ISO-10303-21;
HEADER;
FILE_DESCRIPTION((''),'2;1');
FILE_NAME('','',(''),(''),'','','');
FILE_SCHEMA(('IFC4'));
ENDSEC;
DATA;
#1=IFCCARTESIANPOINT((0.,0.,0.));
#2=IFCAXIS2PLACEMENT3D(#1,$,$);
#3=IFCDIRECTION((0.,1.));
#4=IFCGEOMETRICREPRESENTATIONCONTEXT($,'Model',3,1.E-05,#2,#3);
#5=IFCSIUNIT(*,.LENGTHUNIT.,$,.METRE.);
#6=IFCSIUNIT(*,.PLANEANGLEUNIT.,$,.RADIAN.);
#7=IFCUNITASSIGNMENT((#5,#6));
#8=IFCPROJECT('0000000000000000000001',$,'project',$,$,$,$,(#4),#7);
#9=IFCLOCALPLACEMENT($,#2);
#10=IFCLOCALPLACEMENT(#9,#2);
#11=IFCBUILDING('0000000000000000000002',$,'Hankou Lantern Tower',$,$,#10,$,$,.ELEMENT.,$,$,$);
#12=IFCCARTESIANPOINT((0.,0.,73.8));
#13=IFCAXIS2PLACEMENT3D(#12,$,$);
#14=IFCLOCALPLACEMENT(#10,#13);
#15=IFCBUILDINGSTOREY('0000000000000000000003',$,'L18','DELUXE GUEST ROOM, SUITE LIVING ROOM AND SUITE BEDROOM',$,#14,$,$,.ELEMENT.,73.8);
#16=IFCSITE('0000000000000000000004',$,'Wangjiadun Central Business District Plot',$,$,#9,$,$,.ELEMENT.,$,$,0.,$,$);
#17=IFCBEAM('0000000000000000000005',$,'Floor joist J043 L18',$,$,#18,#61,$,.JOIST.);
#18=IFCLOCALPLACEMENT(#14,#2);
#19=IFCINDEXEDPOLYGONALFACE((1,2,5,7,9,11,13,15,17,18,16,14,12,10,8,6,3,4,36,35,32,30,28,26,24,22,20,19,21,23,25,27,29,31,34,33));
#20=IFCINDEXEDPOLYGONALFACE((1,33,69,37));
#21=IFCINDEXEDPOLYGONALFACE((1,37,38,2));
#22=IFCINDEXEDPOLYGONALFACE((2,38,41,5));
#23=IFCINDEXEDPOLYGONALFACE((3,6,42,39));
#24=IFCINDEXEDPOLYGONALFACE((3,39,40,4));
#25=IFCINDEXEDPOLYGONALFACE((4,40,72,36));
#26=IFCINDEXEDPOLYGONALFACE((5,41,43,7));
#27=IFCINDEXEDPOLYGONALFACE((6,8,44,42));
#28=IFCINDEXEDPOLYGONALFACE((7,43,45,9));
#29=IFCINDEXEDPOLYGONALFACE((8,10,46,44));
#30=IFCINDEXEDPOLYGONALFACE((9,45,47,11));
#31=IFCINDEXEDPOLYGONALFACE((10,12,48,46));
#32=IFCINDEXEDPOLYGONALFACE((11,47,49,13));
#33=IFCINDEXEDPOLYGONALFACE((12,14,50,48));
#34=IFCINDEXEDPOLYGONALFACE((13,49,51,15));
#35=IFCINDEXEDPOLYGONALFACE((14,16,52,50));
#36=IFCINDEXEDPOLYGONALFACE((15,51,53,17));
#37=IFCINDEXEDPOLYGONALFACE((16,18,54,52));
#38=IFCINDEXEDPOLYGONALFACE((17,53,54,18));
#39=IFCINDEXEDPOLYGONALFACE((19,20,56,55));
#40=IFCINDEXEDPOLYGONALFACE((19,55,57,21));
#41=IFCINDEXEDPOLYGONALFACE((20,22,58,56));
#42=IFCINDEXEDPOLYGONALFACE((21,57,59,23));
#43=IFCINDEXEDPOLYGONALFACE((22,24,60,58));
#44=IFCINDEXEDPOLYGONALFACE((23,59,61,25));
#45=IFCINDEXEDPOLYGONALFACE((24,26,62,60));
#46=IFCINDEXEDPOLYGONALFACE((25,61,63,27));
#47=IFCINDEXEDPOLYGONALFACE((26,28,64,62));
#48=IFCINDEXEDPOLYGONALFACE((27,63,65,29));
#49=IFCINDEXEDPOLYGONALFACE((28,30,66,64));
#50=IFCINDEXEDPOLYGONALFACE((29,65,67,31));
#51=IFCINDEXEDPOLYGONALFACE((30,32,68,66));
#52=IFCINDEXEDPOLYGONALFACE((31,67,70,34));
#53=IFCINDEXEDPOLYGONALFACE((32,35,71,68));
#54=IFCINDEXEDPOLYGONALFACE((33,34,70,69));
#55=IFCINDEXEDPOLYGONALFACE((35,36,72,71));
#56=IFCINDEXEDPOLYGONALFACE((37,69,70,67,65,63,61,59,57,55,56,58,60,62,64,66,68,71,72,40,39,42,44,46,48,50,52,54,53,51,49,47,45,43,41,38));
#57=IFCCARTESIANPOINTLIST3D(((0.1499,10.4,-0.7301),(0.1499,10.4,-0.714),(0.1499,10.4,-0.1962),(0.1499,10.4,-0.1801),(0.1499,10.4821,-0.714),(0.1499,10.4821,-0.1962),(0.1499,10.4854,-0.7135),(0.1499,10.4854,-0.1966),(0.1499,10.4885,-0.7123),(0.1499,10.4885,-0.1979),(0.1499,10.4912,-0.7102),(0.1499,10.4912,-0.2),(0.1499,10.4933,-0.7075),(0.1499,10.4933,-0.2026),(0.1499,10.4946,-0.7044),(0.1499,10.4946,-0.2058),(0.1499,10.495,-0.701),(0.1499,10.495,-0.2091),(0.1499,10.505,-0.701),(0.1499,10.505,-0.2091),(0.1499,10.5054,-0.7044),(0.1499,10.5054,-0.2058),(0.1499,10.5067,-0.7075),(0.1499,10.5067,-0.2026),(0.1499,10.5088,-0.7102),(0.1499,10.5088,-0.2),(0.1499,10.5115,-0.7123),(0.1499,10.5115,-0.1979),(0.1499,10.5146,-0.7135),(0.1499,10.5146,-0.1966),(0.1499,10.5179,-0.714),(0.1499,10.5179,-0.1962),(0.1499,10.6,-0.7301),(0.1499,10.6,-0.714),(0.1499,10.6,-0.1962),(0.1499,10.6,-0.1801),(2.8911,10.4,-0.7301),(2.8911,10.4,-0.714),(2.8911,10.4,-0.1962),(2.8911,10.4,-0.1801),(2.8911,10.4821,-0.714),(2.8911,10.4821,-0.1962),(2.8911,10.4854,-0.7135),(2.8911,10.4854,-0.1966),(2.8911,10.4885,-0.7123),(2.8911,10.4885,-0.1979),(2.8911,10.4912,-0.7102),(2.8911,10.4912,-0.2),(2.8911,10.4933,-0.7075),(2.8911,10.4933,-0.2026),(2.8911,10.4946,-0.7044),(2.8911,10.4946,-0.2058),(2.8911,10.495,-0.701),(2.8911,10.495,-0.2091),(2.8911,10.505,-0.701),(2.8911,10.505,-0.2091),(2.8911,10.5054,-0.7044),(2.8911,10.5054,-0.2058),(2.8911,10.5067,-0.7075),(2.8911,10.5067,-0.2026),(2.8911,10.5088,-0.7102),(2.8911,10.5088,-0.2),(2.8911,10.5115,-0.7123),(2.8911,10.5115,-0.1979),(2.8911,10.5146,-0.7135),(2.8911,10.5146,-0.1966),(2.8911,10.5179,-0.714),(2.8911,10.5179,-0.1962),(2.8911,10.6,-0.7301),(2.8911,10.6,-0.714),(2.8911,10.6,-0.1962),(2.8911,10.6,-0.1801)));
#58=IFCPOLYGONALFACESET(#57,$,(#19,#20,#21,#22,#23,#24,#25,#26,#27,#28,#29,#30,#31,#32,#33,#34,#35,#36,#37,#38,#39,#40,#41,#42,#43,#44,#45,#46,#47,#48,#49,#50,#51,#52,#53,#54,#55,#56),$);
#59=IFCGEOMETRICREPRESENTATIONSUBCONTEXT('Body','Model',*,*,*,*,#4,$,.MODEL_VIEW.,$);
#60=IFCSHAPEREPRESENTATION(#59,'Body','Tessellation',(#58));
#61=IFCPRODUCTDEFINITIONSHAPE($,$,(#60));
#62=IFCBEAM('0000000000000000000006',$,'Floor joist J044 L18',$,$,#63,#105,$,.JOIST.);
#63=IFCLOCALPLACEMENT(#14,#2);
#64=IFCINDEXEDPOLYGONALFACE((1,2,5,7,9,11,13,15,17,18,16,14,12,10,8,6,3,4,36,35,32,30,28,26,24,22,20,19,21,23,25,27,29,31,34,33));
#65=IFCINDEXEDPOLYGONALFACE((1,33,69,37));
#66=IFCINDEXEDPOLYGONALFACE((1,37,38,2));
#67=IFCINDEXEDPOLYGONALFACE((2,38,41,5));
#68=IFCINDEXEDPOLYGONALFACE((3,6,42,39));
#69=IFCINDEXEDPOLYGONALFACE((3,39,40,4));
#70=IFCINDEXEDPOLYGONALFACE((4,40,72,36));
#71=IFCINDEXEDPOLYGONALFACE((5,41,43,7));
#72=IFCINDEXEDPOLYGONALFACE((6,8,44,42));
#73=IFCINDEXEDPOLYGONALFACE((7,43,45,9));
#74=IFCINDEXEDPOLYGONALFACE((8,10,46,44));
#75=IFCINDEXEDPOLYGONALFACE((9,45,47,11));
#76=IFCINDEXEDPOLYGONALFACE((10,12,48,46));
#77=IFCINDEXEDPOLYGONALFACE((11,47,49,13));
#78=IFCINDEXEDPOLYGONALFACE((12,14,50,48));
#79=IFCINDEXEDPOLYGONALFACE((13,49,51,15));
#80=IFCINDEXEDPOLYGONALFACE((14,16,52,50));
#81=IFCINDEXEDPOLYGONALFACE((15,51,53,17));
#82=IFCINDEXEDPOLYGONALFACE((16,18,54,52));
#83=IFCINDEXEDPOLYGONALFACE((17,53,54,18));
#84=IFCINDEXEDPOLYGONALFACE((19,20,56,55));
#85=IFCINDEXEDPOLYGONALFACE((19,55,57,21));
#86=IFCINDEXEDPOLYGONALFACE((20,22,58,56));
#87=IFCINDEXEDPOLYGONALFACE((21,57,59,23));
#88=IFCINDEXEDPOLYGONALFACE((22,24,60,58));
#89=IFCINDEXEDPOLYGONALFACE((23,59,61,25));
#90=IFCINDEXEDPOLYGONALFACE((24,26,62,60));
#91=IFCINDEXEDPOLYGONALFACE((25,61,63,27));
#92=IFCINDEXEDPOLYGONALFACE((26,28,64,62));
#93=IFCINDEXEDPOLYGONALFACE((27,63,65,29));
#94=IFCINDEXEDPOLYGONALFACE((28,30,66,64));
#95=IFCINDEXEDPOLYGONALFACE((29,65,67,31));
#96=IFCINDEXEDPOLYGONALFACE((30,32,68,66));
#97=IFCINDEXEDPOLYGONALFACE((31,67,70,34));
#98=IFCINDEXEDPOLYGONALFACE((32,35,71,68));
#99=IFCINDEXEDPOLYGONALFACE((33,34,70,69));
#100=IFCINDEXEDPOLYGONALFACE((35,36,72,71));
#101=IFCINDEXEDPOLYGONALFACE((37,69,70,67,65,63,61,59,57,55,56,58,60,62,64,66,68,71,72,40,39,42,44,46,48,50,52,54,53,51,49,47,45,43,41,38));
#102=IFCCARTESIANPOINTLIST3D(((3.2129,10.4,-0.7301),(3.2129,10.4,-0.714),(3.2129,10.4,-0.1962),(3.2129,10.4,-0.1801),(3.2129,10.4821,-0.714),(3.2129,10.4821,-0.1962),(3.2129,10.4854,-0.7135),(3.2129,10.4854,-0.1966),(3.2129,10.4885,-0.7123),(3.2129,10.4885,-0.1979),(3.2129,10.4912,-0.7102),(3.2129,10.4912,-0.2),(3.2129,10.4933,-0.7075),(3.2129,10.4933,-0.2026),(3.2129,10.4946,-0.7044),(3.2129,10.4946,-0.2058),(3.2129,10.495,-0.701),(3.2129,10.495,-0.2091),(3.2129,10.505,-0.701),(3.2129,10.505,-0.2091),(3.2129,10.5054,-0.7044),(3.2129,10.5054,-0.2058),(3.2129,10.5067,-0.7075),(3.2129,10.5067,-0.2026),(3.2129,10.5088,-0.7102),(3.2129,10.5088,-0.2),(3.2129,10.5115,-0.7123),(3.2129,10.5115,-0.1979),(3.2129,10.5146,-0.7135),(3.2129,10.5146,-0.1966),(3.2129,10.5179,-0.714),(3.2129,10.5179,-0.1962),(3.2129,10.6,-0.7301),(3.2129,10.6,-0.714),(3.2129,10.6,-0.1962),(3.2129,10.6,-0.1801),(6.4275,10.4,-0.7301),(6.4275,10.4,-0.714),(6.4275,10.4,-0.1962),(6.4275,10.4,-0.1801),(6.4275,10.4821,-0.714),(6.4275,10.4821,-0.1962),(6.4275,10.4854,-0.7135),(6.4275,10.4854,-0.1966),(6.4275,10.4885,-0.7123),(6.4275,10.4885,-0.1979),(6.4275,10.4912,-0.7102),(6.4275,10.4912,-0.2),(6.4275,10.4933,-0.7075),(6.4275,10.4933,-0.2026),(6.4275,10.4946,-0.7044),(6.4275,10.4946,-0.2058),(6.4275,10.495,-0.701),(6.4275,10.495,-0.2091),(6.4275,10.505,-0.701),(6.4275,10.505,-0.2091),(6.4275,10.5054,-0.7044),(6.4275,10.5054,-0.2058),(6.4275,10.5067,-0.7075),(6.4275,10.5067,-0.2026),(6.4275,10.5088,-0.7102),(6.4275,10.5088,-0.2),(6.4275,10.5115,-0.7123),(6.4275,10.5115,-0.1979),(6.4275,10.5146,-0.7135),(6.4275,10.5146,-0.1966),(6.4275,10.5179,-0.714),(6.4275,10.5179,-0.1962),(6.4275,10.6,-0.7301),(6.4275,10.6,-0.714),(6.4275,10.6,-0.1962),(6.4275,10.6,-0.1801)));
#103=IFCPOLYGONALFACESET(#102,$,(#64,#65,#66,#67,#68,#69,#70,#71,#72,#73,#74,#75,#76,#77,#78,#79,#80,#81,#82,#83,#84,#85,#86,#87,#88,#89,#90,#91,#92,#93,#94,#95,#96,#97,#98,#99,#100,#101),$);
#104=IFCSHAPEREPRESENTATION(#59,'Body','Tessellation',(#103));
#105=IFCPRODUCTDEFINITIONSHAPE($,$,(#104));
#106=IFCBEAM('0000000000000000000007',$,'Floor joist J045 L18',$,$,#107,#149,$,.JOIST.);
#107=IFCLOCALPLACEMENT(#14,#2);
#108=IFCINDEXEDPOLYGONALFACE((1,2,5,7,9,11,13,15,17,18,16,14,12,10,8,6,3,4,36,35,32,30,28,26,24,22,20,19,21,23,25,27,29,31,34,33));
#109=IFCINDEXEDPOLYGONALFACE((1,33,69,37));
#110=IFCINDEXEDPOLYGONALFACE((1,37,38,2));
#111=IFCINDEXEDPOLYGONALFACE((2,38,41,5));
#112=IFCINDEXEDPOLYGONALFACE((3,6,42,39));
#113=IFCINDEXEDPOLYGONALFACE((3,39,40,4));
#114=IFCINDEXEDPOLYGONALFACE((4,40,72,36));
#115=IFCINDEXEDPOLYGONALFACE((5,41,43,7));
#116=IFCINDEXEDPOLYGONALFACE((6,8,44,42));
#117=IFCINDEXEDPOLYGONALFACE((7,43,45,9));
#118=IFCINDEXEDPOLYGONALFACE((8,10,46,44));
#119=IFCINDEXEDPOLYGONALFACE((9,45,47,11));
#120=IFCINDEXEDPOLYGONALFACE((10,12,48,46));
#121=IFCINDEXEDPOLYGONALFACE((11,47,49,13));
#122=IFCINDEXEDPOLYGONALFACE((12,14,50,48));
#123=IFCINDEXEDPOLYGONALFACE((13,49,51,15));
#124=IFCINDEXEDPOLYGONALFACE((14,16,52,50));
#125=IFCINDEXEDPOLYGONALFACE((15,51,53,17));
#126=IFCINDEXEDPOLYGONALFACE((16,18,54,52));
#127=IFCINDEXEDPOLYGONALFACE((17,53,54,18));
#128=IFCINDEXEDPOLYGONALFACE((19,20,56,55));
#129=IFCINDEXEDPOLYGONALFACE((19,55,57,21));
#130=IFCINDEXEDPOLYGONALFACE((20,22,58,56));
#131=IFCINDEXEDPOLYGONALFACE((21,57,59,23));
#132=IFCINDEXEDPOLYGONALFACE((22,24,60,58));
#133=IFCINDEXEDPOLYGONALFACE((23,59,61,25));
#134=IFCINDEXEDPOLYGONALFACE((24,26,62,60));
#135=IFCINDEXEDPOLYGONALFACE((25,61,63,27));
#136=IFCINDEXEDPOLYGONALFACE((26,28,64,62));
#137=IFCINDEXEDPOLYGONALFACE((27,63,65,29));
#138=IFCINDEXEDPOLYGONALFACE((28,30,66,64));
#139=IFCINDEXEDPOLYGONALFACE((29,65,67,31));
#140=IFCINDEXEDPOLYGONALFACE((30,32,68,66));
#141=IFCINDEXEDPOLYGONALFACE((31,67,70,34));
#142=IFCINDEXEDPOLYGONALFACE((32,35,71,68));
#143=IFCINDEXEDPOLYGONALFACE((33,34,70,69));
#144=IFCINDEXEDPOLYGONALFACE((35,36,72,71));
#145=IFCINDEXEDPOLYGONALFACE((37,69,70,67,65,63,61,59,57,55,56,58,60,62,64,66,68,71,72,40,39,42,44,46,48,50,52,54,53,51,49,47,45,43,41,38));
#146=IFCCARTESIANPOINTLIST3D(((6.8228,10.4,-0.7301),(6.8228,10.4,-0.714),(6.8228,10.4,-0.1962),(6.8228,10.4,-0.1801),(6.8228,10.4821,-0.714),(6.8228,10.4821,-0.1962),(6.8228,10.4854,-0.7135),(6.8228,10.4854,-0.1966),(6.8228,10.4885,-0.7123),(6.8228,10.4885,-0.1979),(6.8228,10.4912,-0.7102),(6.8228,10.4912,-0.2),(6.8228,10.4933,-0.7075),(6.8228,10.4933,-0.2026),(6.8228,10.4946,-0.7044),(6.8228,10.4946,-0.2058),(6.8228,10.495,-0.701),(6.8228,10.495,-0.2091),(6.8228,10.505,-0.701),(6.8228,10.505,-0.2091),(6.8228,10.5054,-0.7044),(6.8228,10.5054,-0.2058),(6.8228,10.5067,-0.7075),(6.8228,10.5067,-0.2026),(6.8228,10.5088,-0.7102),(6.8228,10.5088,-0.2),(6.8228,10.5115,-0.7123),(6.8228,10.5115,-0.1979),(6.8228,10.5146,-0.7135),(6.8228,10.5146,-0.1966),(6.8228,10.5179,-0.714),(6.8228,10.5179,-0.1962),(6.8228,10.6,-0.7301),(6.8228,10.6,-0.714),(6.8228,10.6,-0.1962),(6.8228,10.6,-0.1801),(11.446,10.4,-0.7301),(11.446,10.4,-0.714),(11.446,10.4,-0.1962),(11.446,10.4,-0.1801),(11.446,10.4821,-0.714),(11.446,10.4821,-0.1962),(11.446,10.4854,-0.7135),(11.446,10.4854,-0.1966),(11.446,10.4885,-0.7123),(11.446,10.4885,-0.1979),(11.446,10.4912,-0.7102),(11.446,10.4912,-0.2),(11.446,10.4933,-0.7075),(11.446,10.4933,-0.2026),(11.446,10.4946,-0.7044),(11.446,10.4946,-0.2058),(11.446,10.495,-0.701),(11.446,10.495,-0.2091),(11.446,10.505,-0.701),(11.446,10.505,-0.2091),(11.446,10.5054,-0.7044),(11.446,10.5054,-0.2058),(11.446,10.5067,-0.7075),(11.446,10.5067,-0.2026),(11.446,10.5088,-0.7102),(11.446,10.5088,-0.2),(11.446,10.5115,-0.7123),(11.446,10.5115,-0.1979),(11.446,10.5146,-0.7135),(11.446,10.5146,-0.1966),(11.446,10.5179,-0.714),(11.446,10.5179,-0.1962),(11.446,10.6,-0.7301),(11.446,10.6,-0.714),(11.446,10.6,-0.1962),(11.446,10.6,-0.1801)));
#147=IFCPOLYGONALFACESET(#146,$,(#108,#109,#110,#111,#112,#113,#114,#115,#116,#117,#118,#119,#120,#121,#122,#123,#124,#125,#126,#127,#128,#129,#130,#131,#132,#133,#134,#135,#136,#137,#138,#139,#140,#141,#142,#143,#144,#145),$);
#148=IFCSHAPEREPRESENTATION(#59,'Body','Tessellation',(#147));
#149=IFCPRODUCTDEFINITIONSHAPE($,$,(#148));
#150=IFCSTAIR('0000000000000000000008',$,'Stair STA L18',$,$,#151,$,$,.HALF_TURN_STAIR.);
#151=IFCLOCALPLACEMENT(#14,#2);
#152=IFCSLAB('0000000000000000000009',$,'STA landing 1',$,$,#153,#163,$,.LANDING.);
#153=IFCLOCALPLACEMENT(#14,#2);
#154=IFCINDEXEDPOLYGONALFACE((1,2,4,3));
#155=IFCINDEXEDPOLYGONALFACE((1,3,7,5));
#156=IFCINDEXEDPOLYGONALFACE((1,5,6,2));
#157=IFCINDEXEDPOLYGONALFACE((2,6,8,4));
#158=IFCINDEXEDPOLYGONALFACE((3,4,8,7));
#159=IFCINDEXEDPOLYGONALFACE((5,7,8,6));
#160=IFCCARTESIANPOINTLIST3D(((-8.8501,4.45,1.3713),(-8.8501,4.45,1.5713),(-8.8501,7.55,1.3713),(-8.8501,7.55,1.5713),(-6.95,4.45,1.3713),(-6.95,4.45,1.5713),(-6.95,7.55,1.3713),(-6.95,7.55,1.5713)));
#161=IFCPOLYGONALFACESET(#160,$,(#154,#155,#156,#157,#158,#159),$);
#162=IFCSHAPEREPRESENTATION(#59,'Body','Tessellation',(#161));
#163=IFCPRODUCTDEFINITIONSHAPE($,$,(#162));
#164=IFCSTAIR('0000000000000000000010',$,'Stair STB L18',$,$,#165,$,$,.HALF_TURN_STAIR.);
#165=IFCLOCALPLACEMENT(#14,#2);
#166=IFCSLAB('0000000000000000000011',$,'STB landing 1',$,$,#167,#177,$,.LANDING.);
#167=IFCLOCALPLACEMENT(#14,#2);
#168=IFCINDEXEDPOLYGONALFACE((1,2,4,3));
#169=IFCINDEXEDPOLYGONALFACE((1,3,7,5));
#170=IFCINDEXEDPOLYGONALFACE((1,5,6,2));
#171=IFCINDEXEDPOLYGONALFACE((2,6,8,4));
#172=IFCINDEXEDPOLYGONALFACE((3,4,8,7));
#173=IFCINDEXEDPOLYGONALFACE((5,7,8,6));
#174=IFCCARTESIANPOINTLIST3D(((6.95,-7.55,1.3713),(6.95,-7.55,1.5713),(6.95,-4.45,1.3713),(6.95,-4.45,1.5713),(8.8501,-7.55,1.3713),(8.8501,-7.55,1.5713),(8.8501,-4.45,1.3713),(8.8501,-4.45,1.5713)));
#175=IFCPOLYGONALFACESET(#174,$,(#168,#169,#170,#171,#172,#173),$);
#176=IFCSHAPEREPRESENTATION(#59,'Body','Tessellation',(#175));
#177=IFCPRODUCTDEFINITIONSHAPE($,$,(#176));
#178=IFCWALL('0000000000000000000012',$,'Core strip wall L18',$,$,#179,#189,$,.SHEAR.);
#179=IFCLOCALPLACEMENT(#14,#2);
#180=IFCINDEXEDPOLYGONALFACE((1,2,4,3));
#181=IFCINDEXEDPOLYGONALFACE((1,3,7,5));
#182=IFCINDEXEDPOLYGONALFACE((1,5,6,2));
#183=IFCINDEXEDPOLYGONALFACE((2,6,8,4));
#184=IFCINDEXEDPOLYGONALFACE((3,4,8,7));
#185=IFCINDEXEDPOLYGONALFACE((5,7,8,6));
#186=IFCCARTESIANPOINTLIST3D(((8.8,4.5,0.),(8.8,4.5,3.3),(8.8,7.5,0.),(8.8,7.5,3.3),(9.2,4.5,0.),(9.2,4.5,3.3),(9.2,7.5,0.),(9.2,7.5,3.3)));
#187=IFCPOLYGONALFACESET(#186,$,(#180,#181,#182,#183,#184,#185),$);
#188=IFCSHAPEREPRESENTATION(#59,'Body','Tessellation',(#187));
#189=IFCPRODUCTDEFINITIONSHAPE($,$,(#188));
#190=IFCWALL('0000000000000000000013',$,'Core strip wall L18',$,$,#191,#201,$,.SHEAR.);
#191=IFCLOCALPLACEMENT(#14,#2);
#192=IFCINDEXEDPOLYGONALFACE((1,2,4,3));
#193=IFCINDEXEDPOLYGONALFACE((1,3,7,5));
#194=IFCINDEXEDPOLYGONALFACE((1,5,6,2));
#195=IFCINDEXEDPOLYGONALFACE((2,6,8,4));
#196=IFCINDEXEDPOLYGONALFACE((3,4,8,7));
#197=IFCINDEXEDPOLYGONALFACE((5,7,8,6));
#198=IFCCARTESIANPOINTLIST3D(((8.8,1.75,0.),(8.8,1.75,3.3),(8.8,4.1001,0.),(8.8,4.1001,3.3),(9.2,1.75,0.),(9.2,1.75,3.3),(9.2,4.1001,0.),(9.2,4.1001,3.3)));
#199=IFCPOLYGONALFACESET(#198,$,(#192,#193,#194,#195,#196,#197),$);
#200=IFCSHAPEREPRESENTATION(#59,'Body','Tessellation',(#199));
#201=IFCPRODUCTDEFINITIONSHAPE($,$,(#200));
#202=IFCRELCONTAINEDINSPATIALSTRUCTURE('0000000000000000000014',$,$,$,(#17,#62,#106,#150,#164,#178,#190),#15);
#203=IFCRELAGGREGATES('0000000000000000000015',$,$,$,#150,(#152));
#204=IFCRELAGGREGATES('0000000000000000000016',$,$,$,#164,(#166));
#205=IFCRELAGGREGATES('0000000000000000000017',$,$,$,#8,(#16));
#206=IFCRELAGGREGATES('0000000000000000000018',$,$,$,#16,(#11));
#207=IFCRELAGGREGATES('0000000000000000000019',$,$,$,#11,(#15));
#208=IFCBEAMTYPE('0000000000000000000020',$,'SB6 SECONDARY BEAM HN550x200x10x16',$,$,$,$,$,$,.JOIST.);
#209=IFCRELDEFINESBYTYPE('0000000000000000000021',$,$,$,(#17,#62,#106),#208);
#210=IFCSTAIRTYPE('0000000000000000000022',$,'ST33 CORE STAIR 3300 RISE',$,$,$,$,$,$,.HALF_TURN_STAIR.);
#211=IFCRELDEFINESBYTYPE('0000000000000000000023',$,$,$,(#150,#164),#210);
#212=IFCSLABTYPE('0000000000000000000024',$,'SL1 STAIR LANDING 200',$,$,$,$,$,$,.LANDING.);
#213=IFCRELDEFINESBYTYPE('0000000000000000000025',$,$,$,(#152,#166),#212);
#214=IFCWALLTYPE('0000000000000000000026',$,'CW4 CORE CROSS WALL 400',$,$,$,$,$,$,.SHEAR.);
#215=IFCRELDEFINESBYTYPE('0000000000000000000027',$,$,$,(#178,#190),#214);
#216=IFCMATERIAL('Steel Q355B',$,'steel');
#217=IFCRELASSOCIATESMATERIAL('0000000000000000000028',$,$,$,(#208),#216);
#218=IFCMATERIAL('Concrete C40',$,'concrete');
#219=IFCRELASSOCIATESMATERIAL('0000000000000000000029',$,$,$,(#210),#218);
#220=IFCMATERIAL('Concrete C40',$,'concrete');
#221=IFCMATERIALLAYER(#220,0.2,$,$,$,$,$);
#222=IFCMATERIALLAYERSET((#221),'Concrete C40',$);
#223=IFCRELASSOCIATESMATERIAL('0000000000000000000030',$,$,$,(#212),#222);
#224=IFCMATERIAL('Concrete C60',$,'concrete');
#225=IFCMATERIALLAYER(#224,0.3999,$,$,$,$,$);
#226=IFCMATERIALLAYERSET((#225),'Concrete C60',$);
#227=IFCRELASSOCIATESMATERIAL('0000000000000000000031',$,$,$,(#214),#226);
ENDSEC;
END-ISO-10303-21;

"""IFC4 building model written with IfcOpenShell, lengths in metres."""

from ifc_helpers import new_model, si_unit, direction, frame, frame_2d, origin, origin_2d, place, context, subcontext, project, spatial, polyline, rectangle, i_section, outline, extrude, material, layer, layer_set, material_profile, profile_set, type_object, element, aggregate, save


model = new_model("IFC4")

# Units and contexts
model_context = context("Model", 3, precision=1e-05, world=origin(), true_north=direction((0.0, 1.0)))
body_context = subcontext(model_context, "Body", "Model", "MODEL_VIEW")
ifc_project = project(units=[si_unit("LENGTHUNIT", "METRE"), si_unit("PLANEANGLEUNIT", "RADIAN")], contexts=[model_context])

# Site, building, storey
site_placement = place(None, origin())
site = spatial("IfcSite", under=ifc_project, at=site_placement, Name="Wangjiadun Central Business District Plot", CompositionType="ELEMENT", RefElevation=0.0)
building_placement = place(site_placement, origin())
building = spatial("IfcBuilding", under=site, at=building_placement, Name="Hankou Lantern Tower", CompositionType="ELEMENT")
storey_placement = place(building_placement, frame((0.0, 0.0, 73.8)))
storey = spatial("IfcBuildingStorey", under=building, at=storey_placement, Name="L18", Description="DELUXE GUEST ROOM, SUITE LIVING ROOM AND SUITE BEDROOM", CompositionType="ELEMENT", Elevation=73.8)

# Beams
ifc_material_1 = material(Name="Steel Q355B", Category="steel")
ifc_material_profile_1 = material_profile(ifc_material_1, i_section(OverallWidth=0.2, OverallDepth=0.55, WebThickness=0.01, FlangeThickness=0.0161, FilletRadius=0.0129, at=origin_2d()), Name="HN550x200x10x16")
ifc_profile_set_1 = profile_set([ifc_material_profile_1], Name="Steel Q355B")
beam_type_1 = type_object("IfcBeamType", Name="SB6 SECONDARY BEAM HN550x200x10x16", PredefinedType="JOIST", material=ifc_profile_set_1)
beam_1_placement = place(storey_placement, frame((0.1499, 10.5, -0.4551), z_axis=(1.0, 0.0, 0.0), x_axis=(0.0, 1.0, 0.0)))
element("IfcBeam", 1, at=beam_1_placement, inside=storey, type_object=beam_type_1, Name="Floor joist J043 L18", PredefinedType="JOIST", context=body_context, shape_type="SweptSolid", body=[
    extrude(i_section(OverallWidth=0.2, OverallDepth=0.55, WebThickness=0.01, FlangeThickness=0.0161, FilletRadius=0.0129, at=origin_2d()), origin(), (0.0, 0.0, 1.0), 2.7412),
])
beam_2_placement = place(storey_placement, frame((3.2129, 10.5, -0.4551), z_axis=(1.0, 0.0, 0.0), x_axis=(0.0, 1.0, 0.0)))
element("IfcBeam", 2, at=beam_2_placement, inside=storey, type_object=beam_type_1, Name="Floor joist J044 L18", PredefinedType="JOIST", context=body_context, shape_type="SweptSolid", body=[
    extrude(i_section(OverallWidth=0.2, OverallDepth=0.55, WebThickness=0.01, FlangeThickness=0.0161, FilletRadius=0.0129, at=origin_2d()), origin(), (0.0, 0.0, 1.0), 3.2146),
])
beam_3_placement = place(storey_placement, frame((6.8228, 10.5, -0.4551), z_axis=(1.0, 0.0, 0.0), x_axis=(0.0, 1.0, 0.0)))
element("IfcBeam", 3, at=beam_3_placement, inside=storey, type_object=beam_type_1, Name="Floor joist J045 L18", PredefinedType="JOIST", context=body_context, shape_type="SweptSolid", body=[
    extrude(i_section(OverallWidth=0.2, OverallDepth=0.55, WebThickness=0.01, FlangeThickness=0.0161, FilletRadius=0.0129, at=origin_2d()), origin(), (0.0, 0.0, 1.0), 4.6233),
])

# Stairs, slabs
ifc_material_2 = material(Name="Concrete C40", Category="concrete")
stair_type = type_object("IfcStairType", Name="ST33 CORE STAIR 3300 RISE", PredefinedType="HALF_TURN_STAIR", material=ifc_material_2)
stair_1_placement = place(storey_placement, origin())
stair_1 = element("IfcStair", 4, at=stair_1_placement, inside=storey, type_object=stair_type, Name="Stair STA L18", PredefinedType="HALF_TURN_STAIR")
ifc_material_3 = material(Name="Concrete C40", Category="concrete")
ifc_layer_1 = layer(ifc_material_3, 0.2)
ifc_layer_set_1 = layer_set([ifc_layer_1], Name="Concrete C40")
slab_type_1 = type_object("IfcSlabType", Name="SL1 STAIR LANDING 200", PredefinedType="LANDING", material=ifc_layer_set_1)
slab_1_placement = place(storey_placement, frame((0.0, 0.0, 1.3713)))
slab_1 = element("IfcSlab", 5, at=slab_1_placement, type_object=slab_type_1, Name="STA landing 1", PredefinedType="LANDING", context=body_context, shape_type="SweptSolid", body=[
    extrude(outline(polyline([(-8.8501, 4.45), (-6.95, 4.45), (-6.95, 7.55), (-8.8501, 7.55), (-8.8501, 4.45)])), origin(), (0.0, 0.0, 1.0), 0.2),
])
aggregate(stair_1, [slab_1])
stair_2_placement = place(storey_placement, origin())
stair_2 = element("IfcStair", 6, at=stair_2_placement, inside=storey, type_object=stair_type, Name="Stair STB L18", PredefinedType="HALF_TURN_STAIR")
slab_2_placement = place(storey_placement, frame((0.0, 0.0, 1.3713)))
slab_2 = element("IfcSlab", 7, at=slab_2_placement, type_object=slab_type_1, Name="STB landing 1", PredefinedType="LANDING", context=body_context, shape_type="SweptSolid", body=[
    extrude(outline(polyline([(8.8501, -4.45), (6.95, -4.45), (6.95, -7.55), (8.8501, -7.55), (8.8501, -4.45)])), origin(), (0.0, 0.0, 1.0), 0.2),
])
aggregate(stair_2, [slab_2])

# Walls
ifc_material_4 = material(Name="Concrete C60", Category="concrete")
ifc_layer_2 = layer(ifc_material_4, 0.3999)
ifc_layer_set_2 = layer_set([ifc_layer_2], Name="Concrete C60")
wall_type_1 = type_object("IfcWallType", Name="CW4 CORE CROSS WALL 400", PredefinedType="SHEAR", material=ifc_layer_set_2)
wall_1_placement = place(storey_placement, frame((9.0, 4.5, 0.0), z_axis=(0.0, 0.0, 1.0), x_axis=(0.0, 1.0, 0.0)))
element("IfcWall", 8, at=wall_1_placement, inside=storey, type_object=wall_type_1, Name="Core strip wall L18", PredefinedType="SHEAR", context=body_context, shape_type="SweptSolid", body=[
    extrude(rectangle(XDim=3.0, YDim=0.3999, at=frame_2d((1.5, 0.0))), origin(), (0.0, 0.0, 1.0), 3.3),
])
wall_2_placement = place(storey_placement, frame((9.0, 1.75, 0.0), z_axis=(0.0, 0.0, 1.0), x_axis=(0.0, 1.0, 0.0)))
element("IfcWall", 9, at=wall_2_placement, inside=storey, type_object=wall_type_1, Name="Core strip wall L18", PredefinedType="SHEAR", context=body_context, shape_type="SweptSolid", body=[
    extrude(rectangle(XDim=2.3501, YDim=0.3999, at=frame_2d((1.175, 0.0))), origin(), (0.0, 0.0, 1.0), 3.3),
])

save(model, "model.ifc")
